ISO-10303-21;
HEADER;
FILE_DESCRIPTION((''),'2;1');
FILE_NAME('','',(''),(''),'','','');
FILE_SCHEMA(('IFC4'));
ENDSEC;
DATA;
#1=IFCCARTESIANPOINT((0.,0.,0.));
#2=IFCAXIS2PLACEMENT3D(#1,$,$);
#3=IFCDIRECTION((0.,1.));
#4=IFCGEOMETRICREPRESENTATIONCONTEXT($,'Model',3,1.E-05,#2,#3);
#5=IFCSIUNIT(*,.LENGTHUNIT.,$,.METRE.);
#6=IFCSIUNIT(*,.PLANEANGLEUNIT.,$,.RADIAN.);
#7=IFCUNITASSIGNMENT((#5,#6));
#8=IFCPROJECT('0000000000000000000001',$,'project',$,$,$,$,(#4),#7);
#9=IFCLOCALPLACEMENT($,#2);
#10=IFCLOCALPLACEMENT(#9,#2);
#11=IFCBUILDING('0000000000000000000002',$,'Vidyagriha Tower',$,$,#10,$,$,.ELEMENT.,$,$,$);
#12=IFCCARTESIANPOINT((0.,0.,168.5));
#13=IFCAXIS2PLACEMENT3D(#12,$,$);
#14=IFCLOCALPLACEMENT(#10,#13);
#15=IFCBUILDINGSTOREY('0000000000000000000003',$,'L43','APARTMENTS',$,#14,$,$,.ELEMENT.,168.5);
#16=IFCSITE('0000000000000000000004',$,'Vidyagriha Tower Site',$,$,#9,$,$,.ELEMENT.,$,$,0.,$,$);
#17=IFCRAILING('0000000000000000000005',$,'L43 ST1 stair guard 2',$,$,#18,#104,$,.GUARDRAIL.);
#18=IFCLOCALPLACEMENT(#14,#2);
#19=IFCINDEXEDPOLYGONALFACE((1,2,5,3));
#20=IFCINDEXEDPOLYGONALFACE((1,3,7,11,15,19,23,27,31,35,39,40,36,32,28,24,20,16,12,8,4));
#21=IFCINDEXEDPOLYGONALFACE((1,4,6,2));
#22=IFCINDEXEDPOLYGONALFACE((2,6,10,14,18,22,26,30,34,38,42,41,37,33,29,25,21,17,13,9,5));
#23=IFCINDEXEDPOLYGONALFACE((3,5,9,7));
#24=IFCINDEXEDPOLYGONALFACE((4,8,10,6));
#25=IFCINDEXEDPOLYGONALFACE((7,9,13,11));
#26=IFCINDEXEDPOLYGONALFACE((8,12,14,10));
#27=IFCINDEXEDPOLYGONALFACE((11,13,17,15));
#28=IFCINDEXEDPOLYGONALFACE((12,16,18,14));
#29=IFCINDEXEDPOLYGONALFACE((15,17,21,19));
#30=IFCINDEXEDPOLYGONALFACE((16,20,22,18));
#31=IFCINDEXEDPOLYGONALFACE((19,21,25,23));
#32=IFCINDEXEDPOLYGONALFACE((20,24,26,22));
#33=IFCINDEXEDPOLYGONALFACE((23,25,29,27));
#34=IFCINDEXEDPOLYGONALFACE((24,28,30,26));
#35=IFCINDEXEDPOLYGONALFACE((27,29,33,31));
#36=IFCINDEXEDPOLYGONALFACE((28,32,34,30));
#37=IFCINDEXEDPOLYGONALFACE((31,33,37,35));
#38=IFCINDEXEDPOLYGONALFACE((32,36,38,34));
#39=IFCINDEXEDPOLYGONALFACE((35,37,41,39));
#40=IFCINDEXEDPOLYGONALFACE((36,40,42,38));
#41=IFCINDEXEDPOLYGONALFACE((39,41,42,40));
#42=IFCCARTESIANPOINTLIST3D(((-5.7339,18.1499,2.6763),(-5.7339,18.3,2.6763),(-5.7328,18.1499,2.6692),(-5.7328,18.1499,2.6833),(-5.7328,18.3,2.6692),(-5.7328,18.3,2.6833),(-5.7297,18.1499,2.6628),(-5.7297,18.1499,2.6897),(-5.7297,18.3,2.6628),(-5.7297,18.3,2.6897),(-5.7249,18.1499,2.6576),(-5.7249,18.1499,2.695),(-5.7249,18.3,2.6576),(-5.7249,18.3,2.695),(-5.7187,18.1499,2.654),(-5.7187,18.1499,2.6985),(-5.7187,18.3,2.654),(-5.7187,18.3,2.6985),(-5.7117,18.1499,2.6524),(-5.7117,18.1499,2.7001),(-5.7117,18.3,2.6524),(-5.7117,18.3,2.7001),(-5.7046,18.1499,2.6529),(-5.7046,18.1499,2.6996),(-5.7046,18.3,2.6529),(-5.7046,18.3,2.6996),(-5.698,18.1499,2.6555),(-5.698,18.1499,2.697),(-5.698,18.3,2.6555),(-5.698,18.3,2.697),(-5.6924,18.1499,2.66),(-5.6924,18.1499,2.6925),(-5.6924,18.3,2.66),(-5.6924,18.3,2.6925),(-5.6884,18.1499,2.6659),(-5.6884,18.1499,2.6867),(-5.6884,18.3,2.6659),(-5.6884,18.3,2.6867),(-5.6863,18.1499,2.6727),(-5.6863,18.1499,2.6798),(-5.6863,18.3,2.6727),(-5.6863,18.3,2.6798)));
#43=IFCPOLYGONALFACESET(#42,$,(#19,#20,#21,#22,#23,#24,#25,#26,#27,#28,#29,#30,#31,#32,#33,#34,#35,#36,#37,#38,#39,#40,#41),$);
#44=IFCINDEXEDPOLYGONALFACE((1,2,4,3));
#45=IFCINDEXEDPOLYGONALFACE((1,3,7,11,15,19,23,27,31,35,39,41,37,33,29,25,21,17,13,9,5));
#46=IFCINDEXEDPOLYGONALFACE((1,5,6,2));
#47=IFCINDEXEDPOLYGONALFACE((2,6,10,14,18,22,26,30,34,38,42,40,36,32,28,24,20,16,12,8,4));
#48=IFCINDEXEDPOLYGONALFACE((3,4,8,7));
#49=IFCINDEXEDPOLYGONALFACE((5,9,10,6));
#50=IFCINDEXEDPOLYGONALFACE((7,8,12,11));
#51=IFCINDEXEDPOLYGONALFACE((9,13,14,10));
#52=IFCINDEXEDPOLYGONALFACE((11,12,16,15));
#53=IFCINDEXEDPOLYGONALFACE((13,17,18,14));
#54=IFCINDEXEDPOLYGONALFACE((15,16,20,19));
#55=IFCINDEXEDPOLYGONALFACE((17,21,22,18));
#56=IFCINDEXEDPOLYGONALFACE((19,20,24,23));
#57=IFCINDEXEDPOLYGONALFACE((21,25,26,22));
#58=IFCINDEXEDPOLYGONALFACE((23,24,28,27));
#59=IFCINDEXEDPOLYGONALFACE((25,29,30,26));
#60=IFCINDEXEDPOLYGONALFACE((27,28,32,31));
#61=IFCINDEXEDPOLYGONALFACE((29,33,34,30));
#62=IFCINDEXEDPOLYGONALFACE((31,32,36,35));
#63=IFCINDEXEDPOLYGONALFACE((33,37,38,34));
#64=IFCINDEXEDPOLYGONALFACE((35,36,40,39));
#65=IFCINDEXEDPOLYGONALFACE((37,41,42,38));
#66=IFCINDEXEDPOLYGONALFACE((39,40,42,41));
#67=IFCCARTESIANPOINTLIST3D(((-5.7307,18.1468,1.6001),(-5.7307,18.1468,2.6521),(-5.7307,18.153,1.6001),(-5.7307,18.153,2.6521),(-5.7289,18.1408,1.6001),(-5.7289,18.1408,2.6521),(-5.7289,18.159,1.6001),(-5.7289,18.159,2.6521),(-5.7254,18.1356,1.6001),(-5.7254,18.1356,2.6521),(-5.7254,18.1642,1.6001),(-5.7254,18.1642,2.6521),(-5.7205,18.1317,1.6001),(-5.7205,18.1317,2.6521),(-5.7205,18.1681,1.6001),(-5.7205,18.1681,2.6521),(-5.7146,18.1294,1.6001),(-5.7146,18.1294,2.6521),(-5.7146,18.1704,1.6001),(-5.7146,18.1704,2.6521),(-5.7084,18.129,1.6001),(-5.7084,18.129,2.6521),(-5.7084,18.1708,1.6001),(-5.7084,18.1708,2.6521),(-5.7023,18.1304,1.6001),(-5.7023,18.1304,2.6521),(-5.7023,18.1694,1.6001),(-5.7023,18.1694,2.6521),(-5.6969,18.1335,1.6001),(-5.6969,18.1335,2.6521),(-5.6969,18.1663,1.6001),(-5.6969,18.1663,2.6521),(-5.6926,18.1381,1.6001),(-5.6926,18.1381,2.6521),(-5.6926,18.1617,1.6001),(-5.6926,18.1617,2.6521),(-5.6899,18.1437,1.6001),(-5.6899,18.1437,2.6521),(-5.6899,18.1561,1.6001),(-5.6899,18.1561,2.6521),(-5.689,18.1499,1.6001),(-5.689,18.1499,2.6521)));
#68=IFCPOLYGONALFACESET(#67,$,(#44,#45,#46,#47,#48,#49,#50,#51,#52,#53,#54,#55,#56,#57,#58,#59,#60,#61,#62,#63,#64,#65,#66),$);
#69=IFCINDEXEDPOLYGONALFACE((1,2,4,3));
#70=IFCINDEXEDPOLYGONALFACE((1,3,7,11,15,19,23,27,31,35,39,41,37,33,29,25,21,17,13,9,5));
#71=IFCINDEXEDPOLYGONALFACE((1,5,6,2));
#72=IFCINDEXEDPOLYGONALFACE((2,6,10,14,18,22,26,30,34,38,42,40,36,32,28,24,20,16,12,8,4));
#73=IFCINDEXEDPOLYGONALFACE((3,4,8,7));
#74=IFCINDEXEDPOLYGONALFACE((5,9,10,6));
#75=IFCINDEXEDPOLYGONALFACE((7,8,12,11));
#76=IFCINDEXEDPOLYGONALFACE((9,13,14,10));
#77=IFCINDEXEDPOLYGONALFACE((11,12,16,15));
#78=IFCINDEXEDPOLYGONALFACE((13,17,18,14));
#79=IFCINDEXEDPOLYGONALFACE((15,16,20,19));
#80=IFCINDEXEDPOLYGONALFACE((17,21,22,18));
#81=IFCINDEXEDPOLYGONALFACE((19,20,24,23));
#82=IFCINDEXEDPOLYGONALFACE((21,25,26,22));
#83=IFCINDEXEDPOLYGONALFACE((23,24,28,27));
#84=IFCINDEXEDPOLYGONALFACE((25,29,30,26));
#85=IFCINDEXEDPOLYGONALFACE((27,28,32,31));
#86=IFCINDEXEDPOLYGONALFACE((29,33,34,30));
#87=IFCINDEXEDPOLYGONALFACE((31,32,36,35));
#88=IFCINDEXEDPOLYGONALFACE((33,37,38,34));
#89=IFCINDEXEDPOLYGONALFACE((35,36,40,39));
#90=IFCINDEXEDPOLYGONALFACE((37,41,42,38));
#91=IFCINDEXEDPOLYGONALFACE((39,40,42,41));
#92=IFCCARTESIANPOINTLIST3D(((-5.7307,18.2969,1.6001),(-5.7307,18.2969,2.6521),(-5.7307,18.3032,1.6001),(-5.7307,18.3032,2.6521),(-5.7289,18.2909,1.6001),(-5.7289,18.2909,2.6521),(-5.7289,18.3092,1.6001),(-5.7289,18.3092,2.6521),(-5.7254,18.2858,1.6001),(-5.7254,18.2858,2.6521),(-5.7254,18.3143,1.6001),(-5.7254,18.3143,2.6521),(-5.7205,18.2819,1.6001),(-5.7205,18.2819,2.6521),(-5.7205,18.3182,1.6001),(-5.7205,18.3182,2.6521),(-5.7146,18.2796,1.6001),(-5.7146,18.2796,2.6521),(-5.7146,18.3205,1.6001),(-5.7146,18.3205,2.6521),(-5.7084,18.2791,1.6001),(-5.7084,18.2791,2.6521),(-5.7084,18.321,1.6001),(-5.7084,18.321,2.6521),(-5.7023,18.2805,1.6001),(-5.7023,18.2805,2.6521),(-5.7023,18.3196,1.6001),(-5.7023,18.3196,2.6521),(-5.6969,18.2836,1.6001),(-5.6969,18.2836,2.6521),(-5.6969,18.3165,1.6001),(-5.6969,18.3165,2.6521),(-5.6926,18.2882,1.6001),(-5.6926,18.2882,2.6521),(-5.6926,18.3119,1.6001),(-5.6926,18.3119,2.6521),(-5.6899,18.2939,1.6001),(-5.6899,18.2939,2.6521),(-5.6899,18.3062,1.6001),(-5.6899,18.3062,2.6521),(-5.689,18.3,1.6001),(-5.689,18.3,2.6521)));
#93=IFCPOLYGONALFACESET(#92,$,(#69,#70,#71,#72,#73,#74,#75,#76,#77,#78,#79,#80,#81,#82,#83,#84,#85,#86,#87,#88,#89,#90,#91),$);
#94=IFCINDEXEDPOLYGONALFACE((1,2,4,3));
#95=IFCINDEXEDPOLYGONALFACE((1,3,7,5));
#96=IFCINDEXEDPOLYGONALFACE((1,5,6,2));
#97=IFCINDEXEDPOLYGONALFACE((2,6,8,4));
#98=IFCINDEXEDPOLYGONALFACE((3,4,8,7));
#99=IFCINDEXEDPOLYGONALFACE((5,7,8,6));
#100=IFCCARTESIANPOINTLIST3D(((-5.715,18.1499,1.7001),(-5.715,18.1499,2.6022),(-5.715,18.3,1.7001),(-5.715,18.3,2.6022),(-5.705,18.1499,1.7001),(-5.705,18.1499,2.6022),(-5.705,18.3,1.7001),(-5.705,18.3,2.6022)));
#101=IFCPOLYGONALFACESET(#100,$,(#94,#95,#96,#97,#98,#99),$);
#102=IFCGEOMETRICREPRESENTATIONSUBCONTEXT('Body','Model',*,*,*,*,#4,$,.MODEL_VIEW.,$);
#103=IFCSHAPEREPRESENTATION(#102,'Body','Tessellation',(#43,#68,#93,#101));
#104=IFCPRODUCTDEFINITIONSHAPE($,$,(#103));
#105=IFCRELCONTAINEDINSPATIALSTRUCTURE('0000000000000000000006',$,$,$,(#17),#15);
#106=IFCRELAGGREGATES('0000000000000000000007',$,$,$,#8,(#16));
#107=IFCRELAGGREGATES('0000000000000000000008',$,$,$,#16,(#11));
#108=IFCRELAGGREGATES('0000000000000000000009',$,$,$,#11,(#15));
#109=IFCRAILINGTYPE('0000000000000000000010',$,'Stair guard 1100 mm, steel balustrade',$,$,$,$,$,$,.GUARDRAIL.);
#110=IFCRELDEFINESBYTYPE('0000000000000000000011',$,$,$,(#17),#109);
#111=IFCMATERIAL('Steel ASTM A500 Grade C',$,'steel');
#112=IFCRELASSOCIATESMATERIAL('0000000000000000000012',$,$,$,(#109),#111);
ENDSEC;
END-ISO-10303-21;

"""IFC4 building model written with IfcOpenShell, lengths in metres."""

from ifc_helpers import new_model, si_unit, direction, frame, origin, origin_2d, place, context, subcontext, project, spatial, rectangle, circle, extrude, material, type_object, element, save


model = new_model("IFC4")

# Units and contexts
model_context = context("Model", 3, precision=1e-05, world=origin(), true_north=direction((0.0, 1.0)))
body_context = subcontext(model_context, "Body", "Model", "MODEL_VIEW")
ifc_project = project(units=[si_unit("LENGTHUNIT", "METRE"), si_unit("PLANEANGLEUNIT", "RADIAN")], contexts=[model_context])

# Site, building, storey
site_placement = place(None, origin())
site = spatial("IfcSite", under=ifc_project, at=site_placement, Name="Vidyagriha Tower Site", CompositionType="ELEMENT", RefElevation=0.0)
building_placement = place(site_placement, origin())
building = spatial("IfcBuilding", under=site, at=building_placement, Name="Vidyagriha Tower", CompositionType="ELEMENT")
storey_placement = place(building_placement, frame((0.0, 0.0, 168.5)))
storey = spatial("IfcBuildingStorey", under=building, at=storey_placement, Name="L43", Description="APARTMENTS", CompositionType="ELEMENT", Elevation=168.5)

# Railing
ifc_material_1 = material(Name="Steel ASTM A500 Grade C", Category="steel")
railing_type_1 = type_object("IfcRailingType", Name="Stair guard 1100 mm, steel balustrade", PredefinedType="GUARDRAIL", material=ifc_material_1)
railing_1_placement = place(storey_placement, frame((-5.71, 18.1499, 1.6001)))
element("IfcRailing", 1, at=railing_1_placement, inside=storey, type_object=railing_type_1, Name="L43 ST1 stair guard 2", PredefinedType="GUARDRAIL", context=body_context, shape_type="SweptSolid", body=[
    extrude(circle(Radius=0.0239, at=origin_2d()), frame((0.0, 0.0, 1.0762), z_axis=(0.0, 1.0, 0.0), x_axis=(-1.0, 0.0, 0.0)), (0.0, 0.0, 1.0), 0.1501),
    extrude(circle(Radius=0.021, at=origin_2d()), origin(), (0.0, 0.0, 1.0), 1.052),
    extrude(circle(Radius=0.021, at=origin_2d()), frame((0.0, 0.1501, 0.0)), (0.0, 0.0, 1.0), 1.052),
    extrude(rectangle(XDim=0.01, YDim=0.9021, at=origin_2d()), frame((0.0, 0.0, 0.551), z_axis=(0.0, 1.0, 0.0), x_axis=(-1.0, 0.0, 0.0)), (0.0, 0.0, 1.0), 0.1501),
])

save(model, "model.ifc")
